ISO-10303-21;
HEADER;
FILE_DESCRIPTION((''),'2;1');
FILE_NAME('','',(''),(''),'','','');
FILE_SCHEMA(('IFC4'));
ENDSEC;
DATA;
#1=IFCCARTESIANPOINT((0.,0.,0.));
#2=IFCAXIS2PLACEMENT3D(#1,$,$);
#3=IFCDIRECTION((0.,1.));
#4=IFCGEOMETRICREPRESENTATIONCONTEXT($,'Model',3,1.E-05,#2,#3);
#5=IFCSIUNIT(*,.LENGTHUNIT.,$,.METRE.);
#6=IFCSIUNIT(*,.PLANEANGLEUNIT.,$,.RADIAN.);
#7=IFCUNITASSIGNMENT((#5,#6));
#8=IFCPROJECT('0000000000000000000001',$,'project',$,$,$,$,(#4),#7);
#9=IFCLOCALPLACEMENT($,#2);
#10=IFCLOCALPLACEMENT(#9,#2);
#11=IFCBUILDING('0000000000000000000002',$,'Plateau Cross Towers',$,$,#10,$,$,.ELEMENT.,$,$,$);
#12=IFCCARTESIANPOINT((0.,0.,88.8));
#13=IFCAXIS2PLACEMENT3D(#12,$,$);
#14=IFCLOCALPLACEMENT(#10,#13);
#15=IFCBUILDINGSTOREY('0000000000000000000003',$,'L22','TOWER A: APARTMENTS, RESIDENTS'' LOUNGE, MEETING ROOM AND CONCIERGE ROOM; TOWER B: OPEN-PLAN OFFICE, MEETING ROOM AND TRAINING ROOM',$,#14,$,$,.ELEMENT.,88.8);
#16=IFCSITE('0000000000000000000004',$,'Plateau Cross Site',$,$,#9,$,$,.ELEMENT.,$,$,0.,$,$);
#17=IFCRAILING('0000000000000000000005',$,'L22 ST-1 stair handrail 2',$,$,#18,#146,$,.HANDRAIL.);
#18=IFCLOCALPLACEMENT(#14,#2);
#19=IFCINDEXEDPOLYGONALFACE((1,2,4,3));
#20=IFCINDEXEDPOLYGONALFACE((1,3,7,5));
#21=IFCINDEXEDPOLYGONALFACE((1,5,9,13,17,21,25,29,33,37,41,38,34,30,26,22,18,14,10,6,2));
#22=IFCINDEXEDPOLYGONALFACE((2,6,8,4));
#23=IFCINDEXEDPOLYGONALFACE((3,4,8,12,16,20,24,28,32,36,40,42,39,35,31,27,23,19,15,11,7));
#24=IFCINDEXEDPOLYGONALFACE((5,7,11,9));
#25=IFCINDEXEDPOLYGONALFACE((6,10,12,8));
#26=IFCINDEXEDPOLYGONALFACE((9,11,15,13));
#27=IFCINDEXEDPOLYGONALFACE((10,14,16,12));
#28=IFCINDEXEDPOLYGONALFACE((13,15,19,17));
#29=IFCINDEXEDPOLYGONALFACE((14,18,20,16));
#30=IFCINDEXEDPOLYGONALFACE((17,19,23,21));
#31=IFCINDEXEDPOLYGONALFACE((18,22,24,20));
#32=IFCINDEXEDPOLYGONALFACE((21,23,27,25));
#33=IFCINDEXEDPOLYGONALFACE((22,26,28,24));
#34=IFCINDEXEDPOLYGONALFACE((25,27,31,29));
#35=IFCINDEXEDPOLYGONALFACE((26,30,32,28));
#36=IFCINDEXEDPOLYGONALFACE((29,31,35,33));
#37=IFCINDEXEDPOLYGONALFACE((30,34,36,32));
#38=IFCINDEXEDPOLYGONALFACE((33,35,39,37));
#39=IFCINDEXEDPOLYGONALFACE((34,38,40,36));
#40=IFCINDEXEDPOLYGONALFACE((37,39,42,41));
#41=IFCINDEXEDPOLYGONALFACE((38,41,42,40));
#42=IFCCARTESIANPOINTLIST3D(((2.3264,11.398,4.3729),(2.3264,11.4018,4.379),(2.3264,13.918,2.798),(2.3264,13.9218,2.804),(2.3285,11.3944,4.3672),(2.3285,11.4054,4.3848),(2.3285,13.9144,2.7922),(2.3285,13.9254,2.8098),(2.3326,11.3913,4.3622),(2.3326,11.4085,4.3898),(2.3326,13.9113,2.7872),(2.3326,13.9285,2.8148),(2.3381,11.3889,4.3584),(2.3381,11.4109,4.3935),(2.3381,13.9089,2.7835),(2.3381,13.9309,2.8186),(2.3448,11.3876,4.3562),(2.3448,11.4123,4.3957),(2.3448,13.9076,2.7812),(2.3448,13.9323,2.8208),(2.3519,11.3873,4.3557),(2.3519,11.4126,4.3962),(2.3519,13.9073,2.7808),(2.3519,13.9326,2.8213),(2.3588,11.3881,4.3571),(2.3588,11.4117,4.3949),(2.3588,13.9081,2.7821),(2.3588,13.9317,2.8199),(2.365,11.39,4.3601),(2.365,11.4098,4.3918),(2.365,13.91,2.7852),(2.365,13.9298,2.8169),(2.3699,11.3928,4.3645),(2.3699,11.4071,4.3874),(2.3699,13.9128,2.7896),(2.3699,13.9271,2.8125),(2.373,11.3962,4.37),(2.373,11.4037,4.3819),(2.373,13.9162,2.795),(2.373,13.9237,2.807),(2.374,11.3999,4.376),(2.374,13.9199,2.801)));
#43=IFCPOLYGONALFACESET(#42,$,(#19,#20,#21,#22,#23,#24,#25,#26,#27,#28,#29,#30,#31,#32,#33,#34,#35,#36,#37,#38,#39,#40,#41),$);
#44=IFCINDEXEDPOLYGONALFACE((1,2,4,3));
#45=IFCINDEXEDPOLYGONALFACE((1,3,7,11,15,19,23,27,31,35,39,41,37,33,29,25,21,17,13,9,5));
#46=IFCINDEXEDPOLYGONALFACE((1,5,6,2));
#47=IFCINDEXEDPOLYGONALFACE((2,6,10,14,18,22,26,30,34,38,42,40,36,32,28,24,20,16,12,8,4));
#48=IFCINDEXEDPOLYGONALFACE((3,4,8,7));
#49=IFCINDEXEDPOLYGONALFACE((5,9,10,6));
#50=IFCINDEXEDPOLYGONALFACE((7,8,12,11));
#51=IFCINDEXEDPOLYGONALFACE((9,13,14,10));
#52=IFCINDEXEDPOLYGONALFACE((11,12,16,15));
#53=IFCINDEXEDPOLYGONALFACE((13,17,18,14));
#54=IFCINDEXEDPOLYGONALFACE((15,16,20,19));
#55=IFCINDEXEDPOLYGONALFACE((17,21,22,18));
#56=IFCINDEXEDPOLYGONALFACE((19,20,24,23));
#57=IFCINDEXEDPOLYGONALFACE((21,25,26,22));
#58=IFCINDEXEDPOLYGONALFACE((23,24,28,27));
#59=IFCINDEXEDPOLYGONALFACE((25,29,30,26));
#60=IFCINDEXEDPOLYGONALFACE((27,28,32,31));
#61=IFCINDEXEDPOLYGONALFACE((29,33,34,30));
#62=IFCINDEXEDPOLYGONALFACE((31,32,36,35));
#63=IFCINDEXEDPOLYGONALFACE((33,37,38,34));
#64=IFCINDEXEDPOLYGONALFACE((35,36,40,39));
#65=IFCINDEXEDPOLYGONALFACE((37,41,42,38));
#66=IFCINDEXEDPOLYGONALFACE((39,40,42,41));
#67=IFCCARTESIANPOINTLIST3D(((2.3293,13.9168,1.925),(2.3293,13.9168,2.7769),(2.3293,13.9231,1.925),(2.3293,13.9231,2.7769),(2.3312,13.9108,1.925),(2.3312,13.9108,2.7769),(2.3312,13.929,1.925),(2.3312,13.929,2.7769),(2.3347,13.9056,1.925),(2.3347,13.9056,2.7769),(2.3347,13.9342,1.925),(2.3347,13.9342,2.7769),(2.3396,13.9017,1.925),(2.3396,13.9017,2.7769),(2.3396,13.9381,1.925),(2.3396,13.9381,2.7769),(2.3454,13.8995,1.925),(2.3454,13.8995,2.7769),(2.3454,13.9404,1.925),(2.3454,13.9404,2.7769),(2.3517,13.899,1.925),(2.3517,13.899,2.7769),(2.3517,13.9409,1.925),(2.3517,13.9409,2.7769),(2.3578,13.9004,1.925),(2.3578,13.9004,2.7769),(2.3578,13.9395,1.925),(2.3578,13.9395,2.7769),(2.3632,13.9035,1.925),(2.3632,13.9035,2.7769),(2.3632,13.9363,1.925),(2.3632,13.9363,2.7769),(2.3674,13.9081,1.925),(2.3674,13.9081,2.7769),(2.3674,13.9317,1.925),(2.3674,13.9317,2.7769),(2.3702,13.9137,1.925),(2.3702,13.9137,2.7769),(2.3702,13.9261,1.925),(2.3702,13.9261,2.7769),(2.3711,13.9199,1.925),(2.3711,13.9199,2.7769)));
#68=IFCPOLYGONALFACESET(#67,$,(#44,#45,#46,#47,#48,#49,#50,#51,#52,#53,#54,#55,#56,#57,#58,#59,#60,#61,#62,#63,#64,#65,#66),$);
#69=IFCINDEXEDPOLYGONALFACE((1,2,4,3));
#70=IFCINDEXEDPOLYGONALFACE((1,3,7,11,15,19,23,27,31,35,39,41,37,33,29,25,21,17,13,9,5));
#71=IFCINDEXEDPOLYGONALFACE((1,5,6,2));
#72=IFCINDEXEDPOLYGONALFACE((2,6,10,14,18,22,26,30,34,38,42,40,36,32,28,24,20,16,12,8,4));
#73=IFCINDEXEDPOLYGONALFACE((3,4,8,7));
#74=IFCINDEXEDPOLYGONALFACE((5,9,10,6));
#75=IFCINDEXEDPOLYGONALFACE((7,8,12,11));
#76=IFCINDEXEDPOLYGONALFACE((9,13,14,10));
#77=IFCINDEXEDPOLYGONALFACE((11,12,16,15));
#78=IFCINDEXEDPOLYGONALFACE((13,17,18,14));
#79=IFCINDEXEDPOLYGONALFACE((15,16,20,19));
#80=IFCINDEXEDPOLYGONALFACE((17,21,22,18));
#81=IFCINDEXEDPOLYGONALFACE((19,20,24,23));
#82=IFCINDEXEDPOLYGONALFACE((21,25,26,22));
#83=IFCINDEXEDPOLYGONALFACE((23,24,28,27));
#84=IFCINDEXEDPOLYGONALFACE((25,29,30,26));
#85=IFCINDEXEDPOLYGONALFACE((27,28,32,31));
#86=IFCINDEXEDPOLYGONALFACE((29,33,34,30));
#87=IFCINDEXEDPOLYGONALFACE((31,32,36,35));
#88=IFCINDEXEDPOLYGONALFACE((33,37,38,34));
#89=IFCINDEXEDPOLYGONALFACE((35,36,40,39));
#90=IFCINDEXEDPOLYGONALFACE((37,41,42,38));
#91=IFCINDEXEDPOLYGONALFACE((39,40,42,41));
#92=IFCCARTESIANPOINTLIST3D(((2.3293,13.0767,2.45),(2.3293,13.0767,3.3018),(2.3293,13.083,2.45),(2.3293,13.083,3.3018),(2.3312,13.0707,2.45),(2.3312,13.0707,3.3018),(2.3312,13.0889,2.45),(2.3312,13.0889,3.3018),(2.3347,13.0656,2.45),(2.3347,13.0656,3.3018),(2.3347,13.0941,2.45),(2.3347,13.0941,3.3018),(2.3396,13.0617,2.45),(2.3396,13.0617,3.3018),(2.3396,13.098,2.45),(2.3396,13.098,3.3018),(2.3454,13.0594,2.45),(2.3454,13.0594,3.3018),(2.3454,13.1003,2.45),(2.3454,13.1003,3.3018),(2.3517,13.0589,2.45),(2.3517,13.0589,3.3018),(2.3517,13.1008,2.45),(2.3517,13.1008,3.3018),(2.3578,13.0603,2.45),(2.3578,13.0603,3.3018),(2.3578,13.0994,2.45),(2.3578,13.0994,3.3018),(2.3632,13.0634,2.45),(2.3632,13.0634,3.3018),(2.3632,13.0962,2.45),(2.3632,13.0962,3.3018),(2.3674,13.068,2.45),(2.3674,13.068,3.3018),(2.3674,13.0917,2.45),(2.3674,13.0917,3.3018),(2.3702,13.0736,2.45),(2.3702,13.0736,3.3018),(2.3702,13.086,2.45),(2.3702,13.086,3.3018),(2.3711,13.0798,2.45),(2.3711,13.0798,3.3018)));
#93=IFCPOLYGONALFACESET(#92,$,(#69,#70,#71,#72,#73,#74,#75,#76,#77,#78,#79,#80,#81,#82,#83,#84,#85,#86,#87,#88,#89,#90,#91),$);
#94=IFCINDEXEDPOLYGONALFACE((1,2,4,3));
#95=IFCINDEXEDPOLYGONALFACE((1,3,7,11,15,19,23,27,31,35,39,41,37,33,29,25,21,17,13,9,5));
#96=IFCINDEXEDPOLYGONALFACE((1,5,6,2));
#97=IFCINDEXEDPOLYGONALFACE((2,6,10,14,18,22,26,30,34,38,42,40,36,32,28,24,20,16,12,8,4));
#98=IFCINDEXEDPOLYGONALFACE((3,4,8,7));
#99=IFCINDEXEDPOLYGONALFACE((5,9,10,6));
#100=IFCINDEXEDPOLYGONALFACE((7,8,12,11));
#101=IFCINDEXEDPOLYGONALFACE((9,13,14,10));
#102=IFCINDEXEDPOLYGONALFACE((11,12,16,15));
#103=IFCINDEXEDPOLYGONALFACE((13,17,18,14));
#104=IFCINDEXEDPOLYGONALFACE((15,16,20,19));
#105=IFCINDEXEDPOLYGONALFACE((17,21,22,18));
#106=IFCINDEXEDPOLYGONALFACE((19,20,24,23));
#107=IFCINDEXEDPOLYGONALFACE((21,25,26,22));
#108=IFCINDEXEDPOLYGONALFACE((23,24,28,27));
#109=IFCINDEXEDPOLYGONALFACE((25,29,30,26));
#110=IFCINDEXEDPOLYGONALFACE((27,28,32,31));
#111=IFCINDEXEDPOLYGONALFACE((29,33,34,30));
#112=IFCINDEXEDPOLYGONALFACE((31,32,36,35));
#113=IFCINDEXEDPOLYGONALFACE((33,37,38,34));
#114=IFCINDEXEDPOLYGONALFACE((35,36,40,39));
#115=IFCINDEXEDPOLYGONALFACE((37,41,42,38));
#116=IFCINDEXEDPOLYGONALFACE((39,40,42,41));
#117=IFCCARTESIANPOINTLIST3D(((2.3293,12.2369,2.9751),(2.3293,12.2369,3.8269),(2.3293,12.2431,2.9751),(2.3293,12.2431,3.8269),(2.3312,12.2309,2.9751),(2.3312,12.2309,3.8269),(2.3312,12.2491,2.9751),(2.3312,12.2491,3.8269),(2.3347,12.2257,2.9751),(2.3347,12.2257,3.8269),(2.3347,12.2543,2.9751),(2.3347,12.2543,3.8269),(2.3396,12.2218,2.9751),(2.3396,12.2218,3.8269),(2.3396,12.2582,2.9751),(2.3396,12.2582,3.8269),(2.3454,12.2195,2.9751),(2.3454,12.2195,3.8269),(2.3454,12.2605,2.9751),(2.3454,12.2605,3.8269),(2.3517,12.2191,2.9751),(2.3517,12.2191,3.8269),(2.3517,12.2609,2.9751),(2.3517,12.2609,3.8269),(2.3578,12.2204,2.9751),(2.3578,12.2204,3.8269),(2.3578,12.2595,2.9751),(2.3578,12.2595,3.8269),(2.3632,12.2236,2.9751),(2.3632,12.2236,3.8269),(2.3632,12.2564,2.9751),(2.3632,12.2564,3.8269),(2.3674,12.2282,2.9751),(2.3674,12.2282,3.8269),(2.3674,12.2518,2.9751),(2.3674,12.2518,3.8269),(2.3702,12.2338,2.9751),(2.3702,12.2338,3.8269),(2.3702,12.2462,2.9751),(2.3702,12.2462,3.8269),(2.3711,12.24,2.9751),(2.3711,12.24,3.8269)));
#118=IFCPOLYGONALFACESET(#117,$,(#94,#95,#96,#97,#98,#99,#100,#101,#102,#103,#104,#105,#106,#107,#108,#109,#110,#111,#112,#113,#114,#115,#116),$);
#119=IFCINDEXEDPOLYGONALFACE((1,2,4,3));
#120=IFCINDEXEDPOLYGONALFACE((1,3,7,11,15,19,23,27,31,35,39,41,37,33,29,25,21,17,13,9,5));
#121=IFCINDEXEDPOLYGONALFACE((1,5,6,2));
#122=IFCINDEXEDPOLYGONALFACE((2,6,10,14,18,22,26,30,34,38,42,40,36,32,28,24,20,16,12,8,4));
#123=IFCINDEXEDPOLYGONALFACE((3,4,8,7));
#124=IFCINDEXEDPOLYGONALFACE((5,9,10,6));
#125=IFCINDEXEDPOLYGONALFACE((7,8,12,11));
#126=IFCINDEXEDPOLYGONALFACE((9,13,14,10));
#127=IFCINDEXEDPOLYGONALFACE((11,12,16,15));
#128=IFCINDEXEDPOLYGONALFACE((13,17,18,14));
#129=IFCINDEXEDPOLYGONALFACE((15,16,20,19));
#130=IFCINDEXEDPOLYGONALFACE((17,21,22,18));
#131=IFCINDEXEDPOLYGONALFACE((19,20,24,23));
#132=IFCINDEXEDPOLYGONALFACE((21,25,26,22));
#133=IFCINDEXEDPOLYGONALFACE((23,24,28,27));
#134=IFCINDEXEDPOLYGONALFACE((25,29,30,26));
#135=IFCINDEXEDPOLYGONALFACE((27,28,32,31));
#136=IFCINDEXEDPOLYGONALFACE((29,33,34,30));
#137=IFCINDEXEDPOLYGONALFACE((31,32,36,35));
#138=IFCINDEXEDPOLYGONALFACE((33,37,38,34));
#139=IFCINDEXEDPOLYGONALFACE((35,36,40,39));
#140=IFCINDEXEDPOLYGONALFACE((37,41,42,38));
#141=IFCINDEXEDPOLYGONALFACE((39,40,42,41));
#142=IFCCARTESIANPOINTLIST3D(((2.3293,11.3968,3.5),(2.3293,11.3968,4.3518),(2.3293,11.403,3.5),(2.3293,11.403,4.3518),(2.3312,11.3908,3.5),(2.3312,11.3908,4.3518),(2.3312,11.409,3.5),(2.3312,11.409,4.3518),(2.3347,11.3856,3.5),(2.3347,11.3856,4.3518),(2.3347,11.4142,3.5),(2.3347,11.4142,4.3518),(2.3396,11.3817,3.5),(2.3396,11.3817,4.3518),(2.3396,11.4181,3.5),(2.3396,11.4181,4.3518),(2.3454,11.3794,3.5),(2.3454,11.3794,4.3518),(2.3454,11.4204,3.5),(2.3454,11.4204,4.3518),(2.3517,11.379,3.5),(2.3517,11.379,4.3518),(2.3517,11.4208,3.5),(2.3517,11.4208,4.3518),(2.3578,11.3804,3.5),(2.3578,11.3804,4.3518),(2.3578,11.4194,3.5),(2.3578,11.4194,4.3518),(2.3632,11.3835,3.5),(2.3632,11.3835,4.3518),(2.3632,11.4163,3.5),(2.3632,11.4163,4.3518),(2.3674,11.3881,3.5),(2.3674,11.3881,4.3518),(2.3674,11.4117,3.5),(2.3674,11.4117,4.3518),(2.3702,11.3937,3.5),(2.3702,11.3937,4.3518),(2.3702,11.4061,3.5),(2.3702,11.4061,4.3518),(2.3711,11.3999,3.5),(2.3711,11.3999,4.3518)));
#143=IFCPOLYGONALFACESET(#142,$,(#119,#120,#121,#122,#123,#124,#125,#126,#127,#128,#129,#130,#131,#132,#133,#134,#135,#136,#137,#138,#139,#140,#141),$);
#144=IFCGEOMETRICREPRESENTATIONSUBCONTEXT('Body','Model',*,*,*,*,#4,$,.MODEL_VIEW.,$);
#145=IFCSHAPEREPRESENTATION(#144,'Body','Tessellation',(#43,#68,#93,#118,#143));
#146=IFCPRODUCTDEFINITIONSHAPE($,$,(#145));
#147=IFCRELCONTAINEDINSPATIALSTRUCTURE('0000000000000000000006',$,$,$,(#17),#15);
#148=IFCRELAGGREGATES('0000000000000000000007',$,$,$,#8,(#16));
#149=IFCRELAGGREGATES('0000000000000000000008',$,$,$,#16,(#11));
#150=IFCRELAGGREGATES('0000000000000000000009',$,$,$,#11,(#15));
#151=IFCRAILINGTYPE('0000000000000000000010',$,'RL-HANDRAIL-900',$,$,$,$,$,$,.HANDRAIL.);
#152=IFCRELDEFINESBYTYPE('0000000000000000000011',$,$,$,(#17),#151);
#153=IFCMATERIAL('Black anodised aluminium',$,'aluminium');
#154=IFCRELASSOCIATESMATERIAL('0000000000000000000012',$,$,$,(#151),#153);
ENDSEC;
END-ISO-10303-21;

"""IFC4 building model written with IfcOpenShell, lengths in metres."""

from ifc_helpers import new_model, si_unit, direction, frame, origin, origin_2d, place, context, subcontext, project, spatial, circle, extrude, material, type_object, element, save


model = new_model("IFC4")

# Units and contexts
model_context = context("Model", 3, precision=1e-05, world=origin(), true_north=direction((0.0, 1.0)))
body_context = subcontext(model_context, "Body", "Model", "MODEL_VIEW")
ifc_project = project(units=[si_unit("LENGTHUNIT", "METRE"), si_unit("PLANEANGLEUNIT", "RADIAN")], contexts=[model_context])

# Site, building, storey
site_placement = place(None, origin())
site = spatial("IfcSite", under=ifc_project, at=site_placement, Name="Plateau Cross Site", CompositionType="ELEMENT", RefElevation=0.0)
building_placement = place(site_placement, origin())
building = spatial("IfcBuilding", under=site, at=building_placement, Name="Plateau Cross Towers", CompositionType="ELEMENT")
storey_placement = place(building_placement, frame((0.0, 0.0, 88.8)))
storey = spatial("IfcBuildingStorey", under=building, at=storey_placement, Name="L22", Description="TOWER A: APARTMENTS, RESIDENTS' LOUNGE, MEETING ROOM AND CONCIERGE ROOM; TOWER B: OPEN-PLAN OFFICE, MEETING ROOM AND TRAINING ROOM", CompositionType="ELEMENT", Elevation=88.8)

# Shared definitions
ifc_material_1 = material(Name="Black anodised aluminium", Category="aluminium")

# Railing
railing_type_1 = type_object("IfcRailingType", Name="RL-HANDRAIL-900", PredefinedType="HANDRAIL", material=ifc_material_1)
railing_1_placement = place(storey_placement, frame((2.3501, 13.9199, 1.925)))
element("IfcRailing", 1, at=railing_1_placement, inside=storey, type_object=railing_type_1, Name="L22 ST-1 stair handrail 2", PredefinedType="HANDRAIL", context=body_context, shape_type="SweptSolid", body=[
    extrude(circle(Radius=0.0239, at=origin_2d()), frame((0.0, 0.0, 0.876), z_axis=(0.0, -0.848008, 0.529984), x_axis=(1.0, 0.0, 0.0)), (0.0, 0.0, 1.0), 2.9717),
    extrude(circle(Radius=0.021, at=origin_2d()), origin(), (0.0, 0.0, 1.0), 0.8518),
    extrude(circle(Radius=0.021, at=origin_2d()), frame((0.0, -0.8401, 0.5249)), (0.0, 0.0, 1.0), 0.8518),
    extrude(circle(Radius=0.021, at=origin_2d()), frame((0.0, -1.6799, 1.05)), (0.0, 0.0, 1.0), 0.8518),
    extrude(circle(Radius=0.021, at=origin_2d()), frame((0.0, -2.52, 1.575)), (0.0, 0.0, 1.0), 0.8518),
])

save(model, "model.ifc")
